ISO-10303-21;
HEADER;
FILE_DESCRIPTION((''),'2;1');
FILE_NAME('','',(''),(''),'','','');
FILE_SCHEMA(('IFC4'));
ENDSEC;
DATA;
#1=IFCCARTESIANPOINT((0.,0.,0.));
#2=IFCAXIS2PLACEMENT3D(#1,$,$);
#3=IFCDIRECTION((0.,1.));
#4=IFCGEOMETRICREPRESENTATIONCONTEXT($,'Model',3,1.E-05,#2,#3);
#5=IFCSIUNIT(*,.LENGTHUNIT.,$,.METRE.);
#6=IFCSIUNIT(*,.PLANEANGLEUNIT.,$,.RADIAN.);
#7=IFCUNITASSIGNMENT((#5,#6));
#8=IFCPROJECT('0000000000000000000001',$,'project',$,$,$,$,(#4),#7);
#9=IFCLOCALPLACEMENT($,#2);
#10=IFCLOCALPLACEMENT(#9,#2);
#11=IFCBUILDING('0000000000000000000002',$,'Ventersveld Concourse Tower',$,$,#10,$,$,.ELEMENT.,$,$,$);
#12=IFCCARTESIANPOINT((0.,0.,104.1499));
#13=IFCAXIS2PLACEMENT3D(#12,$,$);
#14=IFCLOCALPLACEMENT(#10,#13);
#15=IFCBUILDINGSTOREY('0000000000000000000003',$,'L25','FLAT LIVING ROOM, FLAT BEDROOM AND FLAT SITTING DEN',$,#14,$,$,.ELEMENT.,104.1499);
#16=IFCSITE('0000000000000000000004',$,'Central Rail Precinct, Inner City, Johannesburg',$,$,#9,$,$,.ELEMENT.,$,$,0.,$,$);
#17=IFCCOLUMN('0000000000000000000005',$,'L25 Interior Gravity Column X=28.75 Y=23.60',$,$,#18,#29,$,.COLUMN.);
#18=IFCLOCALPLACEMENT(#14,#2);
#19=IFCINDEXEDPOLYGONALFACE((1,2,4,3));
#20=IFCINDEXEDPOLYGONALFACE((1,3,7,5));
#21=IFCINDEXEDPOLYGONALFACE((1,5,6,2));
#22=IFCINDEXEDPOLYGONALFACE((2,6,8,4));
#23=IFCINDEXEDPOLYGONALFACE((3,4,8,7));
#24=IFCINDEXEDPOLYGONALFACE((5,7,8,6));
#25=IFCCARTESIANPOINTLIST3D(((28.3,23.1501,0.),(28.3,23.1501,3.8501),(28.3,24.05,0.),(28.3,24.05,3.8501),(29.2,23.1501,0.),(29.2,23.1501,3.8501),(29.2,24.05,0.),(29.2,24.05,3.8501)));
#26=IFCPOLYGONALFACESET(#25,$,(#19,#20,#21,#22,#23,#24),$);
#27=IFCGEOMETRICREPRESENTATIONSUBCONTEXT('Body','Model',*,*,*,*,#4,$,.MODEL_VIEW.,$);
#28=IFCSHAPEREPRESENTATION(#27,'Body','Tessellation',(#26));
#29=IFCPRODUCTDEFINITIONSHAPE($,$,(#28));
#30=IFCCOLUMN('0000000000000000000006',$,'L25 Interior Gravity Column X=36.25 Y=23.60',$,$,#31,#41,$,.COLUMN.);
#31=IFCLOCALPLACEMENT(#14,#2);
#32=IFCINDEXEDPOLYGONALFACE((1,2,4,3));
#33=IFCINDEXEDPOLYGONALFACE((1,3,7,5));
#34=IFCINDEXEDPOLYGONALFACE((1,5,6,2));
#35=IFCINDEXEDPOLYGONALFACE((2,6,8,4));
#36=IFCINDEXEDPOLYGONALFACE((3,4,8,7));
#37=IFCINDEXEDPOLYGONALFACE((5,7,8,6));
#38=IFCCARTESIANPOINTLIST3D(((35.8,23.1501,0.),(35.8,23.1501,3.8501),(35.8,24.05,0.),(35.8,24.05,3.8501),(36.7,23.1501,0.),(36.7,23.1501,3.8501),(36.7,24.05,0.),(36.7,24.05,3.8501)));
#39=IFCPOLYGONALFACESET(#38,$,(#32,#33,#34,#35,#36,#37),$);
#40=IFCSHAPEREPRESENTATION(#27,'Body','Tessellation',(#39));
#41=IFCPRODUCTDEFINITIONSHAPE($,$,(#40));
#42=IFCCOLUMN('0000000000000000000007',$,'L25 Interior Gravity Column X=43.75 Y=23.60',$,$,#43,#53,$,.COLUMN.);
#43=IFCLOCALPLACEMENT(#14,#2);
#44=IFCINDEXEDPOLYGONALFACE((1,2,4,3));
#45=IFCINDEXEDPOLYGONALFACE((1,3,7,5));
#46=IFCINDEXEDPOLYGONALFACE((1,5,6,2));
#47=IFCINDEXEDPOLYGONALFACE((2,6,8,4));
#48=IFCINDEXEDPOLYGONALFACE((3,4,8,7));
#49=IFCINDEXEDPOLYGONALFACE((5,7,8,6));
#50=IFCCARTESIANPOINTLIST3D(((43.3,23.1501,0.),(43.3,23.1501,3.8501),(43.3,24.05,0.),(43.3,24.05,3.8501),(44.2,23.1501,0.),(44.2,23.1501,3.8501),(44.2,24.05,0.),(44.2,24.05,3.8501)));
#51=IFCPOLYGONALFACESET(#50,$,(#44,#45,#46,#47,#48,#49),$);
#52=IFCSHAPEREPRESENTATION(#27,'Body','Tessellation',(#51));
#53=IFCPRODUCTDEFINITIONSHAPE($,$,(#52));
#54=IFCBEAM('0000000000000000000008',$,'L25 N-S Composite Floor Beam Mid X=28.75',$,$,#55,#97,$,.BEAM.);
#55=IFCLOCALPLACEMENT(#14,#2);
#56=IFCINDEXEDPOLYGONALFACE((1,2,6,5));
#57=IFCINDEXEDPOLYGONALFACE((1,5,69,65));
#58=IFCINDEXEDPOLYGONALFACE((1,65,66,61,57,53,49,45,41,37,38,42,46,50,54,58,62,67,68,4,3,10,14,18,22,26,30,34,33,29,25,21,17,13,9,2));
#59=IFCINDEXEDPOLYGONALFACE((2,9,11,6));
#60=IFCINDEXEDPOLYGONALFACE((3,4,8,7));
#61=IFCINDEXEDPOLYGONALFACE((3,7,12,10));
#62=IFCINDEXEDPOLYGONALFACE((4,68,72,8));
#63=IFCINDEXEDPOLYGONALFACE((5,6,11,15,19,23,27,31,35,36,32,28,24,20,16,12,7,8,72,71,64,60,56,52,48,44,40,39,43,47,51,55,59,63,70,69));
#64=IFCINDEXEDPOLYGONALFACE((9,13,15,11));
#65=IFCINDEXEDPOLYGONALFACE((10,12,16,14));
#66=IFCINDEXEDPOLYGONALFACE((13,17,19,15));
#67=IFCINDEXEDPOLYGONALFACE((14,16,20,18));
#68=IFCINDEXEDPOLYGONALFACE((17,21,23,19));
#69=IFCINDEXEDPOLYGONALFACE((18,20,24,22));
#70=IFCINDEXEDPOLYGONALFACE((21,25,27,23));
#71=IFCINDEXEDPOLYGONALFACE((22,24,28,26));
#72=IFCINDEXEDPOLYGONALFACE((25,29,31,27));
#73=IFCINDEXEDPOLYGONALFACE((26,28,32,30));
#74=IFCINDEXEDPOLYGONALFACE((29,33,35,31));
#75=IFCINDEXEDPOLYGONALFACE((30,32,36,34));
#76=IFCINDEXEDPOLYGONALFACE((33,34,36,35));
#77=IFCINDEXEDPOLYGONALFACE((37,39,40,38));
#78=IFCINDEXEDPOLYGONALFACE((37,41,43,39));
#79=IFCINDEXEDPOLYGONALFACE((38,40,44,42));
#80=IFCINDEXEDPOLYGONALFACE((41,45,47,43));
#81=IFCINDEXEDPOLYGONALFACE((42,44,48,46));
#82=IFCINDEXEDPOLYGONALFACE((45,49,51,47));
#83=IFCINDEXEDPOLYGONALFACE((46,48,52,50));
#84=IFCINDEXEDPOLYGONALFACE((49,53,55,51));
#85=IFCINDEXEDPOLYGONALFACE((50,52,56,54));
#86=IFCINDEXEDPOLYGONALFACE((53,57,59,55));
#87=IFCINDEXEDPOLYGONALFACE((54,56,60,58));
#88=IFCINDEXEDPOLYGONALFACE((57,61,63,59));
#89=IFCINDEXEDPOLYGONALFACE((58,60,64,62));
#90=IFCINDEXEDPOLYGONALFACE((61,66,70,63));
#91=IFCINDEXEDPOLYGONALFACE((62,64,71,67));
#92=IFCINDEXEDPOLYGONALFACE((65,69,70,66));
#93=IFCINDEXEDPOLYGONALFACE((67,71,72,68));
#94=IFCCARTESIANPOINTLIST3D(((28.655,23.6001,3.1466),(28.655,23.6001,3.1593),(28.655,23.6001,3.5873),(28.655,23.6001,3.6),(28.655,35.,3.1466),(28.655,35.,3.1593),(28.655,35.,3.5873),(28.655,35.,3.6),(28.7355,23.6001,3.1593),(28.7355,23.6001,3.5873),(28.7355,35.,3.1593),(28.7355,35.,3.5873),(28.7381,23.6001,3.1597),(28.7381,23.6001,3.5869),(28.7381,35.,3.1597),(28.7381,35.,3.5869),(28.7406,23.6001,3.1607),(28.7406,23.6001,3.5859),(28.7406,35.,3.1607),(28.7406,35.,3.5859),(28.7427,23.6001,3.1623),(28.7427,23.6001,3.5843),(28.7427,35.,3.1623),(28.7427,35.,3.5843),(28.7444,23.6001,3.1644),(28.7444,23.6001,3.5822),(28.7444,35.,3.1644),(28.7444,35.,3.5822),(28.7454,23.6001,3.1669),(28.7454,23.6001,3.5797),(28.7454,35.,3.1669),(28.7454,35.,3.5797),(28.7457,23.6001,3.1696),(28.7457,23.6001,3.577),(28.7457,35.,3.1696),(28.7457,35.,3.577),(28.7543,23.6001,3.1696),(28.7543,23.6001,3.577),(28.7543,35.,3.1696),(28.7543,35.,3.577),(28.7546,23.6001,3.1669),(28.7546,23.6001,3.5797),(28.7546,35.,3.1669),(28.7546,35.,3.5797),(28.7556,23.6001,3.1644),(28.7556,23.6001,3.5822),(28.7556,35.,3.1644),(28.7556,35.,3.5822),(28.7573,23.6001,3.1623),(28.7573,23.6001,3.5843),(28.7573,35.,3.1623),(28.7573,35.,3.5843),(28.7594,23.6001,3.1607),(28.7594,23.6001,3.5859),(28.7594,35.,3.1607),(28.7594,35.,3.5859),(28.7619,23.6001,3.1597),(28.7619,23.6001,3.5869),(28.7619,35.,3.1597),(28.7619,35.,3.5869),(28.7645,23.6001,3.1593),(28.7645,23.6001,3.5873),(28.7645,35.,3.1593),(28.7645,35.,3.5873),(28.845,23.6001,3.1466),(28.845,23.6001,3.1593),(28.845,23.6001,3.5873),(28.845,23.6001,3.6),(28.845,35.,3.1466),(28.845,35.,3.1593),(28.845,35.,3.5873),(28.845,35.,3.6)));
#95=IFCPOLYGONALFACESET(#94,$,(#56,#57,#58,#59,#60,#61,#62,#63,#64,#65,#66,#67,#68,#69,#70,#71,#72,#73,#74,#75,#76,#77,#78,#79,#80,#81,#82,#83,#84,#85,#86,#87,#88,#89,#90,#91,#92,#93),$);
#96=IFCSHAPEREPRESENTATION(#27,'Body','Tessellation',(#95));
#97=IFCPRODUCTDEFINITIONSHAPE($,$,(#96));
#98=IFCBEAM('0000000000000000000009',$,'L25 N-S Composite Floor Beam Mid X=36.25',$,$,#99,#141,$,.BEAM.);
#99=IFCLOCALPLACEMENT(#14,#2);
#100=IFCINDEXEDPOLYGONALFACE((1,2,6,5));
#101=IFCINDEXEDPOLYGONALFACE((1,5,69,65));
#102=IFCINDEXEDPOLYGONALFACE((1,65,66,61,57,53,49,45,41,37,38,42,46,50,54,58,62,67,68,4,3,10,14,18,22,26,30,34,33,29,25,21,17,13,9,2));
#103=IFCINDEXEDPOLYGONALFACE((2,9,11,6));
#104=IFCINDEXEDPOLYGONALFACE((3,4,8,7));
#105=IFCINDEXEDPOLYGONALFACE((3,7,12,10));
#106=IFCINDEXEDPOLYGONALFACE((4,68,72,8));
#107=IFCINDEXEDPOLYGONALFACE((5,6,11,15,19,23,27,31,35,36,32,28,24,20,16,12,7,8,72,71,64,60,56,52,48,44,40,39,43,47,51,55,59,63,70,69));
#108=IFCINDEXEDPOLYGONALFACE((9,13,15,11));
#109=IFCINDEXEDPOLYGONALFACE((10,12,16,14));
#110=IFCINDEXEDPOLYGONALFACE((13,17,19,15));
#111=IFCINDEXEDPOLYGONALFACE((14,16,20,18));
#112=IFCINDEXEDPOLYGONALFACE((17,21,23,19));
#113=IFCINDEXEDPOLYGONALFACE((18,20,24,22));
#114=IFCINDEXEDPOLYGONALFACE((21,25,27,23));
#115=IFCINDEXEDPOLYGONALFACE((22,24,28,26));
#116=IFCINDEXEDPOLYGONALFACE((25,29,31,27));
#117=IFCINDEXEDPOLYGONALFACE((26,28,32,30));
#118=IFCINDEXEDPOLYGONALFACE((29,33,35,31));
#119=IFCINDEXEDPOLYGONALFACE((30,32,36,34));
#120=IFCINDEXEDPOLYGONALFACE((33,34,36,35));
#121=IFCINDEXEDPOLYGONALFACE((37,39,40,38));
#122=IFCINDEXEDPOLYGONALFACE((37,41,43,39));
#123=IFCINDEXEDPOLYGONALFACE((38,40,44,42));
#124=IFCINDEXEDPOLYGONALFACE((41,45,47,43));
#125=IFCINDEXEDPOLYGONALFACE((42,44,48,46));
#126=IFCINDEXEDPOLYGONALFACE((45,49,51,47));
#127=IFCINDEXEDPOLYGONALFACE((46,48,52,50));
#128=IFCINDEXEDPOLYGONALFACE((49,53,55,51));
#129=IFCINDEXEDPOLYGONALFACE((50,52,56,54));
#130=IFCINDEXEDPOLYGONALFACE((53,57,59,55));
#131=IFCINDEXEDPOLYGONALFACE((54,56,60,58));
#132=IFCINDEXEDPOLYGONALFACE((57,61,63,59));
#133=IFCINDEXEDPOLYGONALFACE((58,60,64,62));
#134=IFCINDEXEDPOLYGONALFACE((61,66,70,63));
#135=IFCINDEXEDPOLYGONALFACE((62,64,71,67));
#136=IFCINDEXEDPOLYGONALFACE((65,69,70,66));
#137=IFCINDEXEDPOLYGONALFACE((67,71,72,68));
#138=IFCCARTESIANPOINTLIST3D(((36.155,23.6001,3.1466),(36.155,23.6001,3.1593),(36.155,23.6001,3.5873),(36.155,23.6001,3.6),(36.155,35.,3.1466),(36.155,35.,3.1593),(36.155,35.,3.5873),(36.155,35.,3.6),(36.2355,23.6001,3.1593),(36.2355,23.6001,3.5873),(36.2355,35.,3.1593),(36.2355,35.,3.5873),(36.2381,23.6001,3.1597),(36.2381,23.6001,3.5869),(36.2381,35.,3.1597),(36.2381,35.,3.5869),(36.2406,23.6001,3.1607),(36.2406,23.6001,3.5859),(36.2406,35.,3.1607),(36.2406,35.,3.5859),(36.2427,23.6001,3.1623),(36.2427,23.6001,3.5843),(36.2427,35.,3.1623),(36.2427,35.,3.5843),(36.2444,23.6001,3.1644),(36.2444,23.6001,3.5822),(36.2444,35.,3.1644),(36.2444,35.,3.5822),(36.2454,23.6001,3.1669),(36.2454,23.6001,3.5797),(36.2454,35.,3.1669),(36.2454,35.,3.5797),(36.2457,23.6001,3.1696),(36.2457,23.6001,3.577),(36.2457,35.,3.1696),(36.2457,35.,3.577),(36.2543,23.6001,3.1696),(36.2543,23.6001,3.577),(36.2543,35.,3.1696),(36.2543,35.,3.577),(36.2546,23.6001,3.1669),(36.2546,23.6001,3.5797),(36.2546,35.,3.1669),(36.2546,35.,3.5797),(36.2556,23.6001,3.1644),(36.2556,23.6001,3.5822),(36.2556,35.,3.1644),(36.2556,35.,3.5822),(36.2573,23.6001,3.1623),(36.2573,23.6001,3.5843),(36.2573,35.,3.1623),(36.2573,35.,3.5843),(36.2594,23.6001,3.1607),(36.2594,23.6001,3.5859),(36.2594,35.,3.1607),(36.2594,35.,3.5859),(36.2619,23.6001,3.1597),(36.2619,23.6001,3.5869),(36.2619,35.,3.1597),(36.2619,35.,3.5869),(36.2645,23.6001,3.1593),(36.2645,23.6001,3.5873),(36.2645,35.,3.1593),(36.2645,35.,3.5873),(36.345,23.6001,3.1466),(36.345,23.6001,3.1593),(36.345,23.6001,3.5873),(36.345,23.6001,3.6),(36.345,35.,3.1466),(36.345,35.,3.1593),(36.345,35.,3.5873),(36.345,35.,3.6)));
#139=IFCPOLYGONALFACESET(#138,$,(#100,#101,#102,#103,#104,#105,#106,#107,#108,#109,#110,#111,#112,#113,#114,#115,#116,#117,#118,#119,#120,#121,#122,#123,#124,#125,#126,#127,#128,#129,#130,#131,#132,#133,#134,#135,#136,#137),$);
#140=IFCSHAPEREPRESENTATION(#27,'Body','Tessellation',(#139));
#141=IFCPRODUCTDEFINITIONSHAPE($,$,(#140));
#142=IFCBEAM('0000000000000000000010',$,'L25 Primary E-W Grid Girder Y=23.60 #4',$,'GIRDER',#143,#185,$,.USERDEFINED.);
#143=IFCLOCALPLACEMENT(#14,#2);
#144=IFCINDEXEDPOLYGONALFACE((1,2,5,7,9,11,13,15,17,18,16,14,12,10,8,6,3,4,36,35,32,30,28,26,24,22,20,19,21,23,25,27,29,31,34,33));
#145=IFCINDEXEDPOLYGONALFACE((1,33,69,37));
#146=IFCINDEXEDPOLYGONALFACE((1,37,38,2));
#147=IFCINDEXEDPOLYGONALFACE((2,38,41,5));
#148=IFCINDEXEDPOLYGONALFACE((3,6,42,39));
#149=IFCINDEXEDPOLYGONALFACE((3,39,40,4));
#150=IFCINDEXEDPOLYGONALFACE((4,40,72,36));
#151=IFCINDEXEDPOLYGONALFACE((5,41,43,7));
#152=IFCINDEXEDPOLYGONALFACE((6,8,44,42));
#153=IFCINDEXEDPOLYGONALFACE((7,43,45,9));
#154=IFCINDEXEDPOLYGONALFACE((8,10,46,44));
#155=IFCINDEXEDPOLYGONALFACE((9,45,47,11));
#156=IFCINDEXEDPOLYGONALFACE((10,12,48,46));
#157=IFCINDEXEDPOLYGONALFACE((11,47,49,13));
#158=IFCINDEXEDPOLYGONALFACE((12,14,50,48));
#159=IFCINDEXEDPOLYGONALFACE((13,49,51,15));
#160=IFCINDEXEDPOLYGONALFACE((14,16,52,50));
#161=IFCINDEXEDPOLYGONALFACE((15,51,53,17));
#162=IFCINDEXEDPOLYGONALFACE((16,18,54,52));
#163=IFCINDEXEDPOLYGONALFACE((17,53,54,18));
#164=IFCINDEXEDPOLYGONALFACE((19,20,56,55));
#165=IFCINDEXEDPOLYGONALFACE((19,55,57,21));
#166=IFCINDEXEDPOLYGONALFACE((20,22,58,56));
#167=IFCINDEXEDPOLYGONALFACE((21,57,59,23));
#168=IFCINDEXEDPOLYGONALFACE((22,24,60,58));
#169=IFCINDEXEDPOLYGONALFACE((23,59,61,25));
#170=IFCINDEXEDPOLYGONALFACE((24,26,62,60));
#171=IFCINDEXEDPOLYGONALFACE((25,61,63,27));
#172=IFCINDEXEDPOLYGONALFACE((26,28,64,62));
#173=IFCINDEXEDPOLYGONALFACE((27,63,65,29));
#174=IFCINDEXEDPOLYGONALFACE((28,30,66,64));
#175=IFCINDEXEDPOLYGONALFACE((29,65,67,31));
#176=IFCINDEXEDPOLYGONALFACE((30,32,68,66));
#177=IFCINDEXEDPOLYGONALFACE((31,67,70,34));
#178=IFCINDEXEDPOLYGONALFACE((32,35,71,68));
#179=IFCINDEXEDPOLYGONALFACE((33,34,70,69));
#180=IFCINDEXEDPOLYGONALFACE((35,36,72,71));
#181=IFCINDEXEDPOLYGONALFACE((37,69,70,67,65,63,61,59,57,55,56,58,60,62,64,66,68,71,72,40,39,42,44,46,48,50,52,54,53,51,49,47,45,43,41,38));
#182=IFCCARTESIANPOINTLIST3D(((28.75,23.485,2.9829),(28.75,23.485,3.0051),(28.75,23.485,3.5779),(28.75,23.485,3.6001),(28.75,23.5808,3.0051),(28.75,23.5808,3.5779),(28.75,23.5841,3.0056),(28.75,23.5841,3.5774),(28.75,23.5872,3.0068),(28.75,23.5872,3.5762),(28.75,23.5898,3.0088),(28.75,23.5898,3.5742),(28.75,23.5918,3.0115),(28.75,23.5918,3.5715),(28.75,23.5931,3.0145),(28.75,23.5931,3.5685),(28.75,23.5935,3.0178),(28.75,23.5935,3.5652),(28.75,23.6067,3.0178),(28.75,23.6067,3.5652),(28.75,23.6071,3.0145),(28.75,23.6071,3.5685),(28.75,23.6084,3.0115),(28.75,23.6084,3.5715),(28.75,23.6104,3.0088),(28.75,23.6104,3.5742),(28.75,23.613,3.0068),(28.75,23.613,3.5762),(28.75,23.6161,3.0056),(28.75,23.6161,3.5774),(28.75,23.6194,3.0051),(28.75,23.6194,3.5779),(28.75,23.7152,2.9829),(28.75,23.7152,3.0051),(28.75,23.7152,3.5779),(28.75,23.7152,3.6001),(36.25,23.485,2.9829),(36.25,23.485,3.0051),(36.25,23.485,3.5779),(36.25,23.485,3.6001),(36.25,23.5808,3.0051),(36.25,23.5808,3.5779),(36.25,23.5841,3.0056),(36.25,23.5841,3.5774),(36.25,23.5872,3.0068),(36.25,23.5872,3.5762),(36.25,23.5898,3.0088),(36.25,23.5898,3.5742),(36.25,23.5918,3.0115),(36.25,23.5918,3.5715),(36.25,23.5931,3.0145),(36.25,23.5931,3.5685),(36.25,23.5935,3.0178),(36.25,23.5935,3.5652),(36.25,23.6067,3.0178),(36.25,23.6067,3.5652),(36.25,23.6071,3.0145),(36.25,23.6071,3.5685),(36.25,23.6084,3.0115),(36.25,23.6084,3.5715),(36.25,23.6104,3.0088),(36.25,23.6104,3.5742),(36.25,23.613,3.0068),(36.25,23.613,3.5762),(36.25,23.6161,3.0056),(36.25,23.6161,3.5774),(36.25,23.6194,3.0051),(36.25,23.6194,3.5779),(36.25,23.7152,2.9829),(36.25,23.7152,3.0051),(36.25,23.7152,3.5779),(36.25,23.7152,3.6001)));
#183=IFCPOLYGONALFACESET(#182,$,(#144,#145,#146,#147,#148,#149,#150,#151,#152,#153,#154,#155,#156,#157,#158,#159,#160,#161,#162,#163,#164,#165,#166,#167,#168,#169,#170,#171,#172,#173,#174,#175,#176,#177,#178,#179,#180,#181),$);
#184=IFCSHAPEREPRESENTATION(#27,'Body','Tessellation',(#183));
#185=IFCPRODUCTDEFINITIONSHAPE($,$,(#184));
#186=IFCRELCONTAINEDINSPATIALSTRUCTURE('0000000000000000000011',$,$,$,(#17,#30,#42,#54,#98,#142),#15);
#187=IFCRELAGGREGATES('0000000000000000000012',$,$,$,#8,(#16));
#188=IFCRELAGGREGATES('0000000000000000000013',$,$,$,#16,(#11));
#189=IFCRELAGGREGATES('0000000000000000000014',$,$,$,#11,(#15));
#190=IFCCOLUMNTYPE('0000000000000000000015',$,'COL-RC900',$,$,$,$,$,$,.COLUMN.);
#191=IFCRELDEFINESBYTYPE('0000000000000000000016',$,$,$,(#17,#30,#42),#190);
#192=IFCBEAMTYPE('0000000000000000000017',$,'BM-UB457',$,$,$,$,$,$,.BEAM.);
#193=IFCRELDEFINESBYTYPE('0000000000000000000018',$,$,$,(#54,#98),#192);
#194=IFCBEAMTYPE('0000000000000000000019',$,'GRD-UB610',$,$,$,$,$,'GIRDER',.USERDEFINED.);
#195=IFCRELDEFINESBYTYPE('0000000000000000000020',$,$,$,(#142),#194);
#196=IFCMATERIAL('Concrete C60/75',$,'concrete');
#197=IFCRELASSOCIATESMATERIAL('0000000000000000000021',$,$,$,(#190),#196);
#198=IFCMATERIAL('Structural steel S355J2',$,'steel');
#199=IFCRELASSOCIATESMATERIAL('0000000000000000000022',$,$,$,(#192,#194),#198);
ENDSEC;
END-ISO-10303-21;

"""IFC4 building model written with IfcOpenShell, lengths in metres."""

from ifc_helpers import new_model, si_unit, direction, frame, origin, origin_2d, place, context, subcontext, project, spatial, rectangle, i_section, extrude, material, material_profile, profile_set, type_object, element, save


model = new_model("IFC4")

# Units and contexts
model_context = context("Model", 3, precision=1e-05, world=origin(), true_north=direction((0.0, 1.0)))
body_context = subcontext(model_context, "Body", "Model", "MODEL_VIEW")
ifc_project = project(units=[si_unit("LENGTHUNIT", "METRE"), si_unit("PLANEANGLEUNIT", "RADIAN")], contexts=[model_context])

# Site, building, storey
site_placement = place(None, origin())
site = spatial("IfcSite", under=ifc_project, at=site_placement, Name="Central Rail Precinct, Inner City, Johannesburg", CompositionType="ELEMENT", RefElevation=0.0)
building_placement = place(site_placement, origin())
building = spatial("IfcBuilding", under=site, at=building_placement, Name="Ventersveld Concourse Tower", CompositionType="ELEMENT")
storey_placement = place(building_placement, frame((0.0, 0.0, 104.1499)))
storey = spatial("IfcBuildingStorey", under=building, at=storey_placement, Name="L25", Description="FLAT LIVING ROOM, FLAT BEDROOM AND FLAT SITTING DEN", CompositionType="ELEMENT", Elevation=104.1499)

# Columns
ifc_material_1 = material(Name="Concrete C60/75", Category="concrete")
ifc_material_profile_1 = material_profile(ifc_material_1, rectangle(XDim=0.8999, YDim=0.8999, at=origin_2d()), Name="RC 900x900")
ifc_profile_set_1 = profile_set([ifc_material_profile_1], Name="Concrete C60/75")
column_type = type_object("IfcColumnType", Name="COL-RC900", PredefinedType="COLUMN", material=ifc_profile_set_1)
for number, where, z_axis, x_axis, name in (
    (1, (28.75, 23.6001, 0.0), (0.0, 0.0, 1.0), (1.0, 0.0, 0.0), "L25 Interior Gravity Column X=28.75 Y=23.60"),
    (2, (36.25, 23.6001, 0.0), (0.0, 0.0, 1.0), (1.0, 0.0, 0.0), "L25 Interior Gravity Column X=36.25 Y=23.60"),
    (3, (43.75, 23.6001, 0.0), (0.0, 0.0, 1.0), (1.0, 0.0, 0.0), "L25 Interior Gravity Column X=43.75 Y=23.60"),
):
    element("IfcColumn", number, at=place(storey_placement, frame(where, z_axis=z_axis, x_axis=x_axis)), inside=storey, type_object=column_type, Name=name, PredefinedType="COLUMN", context=body_context, shape_type="SweptSolid", body=[
        extrude(rectangle(XDim=0.8999, YDim=0.8999, at=origin_2d()), origin(), (0.0, 0.0, 1.0), 3.8501),
    ])

# Beams
ifc_material_2 = material(Name="Structural steel S355J2", Category="steel")
ifc_material_profile_2 = material_profile(ifc_material_2, i_section(OverallWidth=0.1899, OverallDepth=0.4534, WebThickness=0.0085, FlangeThickness=0.0127, FilletRadius=0.0103, at=origin_2d()), Name="UB 457x191x67")
ifc_profile_set_2 = profile_set([ifc_material_profile_2], Name="Structural steel S355J2")
beam_type_1 = type_object("IfcBeamType", Name="BM-UB457", PredefinedType="BEAM", material=ifc_profile_set_2)
for number, where, z_axis, x_axis, name in (
    (4, (28.75, 23.6001, 3.3733), (0.0, 1.0, 0.0), (-1.0, 0.0, 0.0), "L25 N-S Composite Floor Beam Mid X=28.75"),
    (5, (36.25, 23.6001, 3.3733), (0.0, 1.0, 0.0), (-1.0, 0.0, 0.0), "L25 N-S Composite Floor Beam Mid X=36.25"),
):
    element("IfcBeam", number, at=place(storey_placement, frame(where, z_axis=z_axis, x_axis=x_axis)), inside=storey, type_object=beam_type_1, Name=name, PredefinedType="BEAM", context=body_context, shape_type="SweptSolid", body=[
        extrude(i_section(OverallWidth=0.1899, OverallDepth=0.4534, WebThickness=0.0085, FlangeThickness=0.0127, FilletRadius=0.0103, at=origin_2d()), origin(), (0.0, 0.0, 1.0), 11.3999),
    ])
ifc_material_profile_3 = material_profile(ifc_material_2, i_section(OverallWidth=0.2302, OverallDepth=0.6172, WebThickness=0.0132, FlangeThickness=0.0222, FilletRadius=0.0127, at=origin_2d()), Name="UB 610x229x140")
ifc_profile_set_3 = profile_set([ifc_material_profile_3], Name="Structural steel S355J2")
beam_type_2 = type_object("IfcBeamType", Name="GRD-UB610", ElementType="GIRDER", PredefinedType="USERDEFINED", material=ifc_profile_set_3)
for number, where, z_axis, x_axis, name in (
    (6, (28.75, 23.6001, 3.2915), (1.0, 0.0, 0.0), (0.0, 1.0, 0.0), "L25 Primary E-W Grid Girder Y=23.60 #4"),
):
    element("IfcBeam", number, at=place(storey_placement, frame(where, z_axis=z_axis, x_axis=x_axis)), inside=storey, type_object=beam_type_2, Name=name, ObjectType="GIRDER", PredefinedType="USERDEFINED", context=body_context, shape_type="SweptSolid", body=[
        extrude(i_section(OverallWidth=0.2302, OverallDepth=0.6172, WebThickness=0.0132, FlangeThickness=0.0222, FilletRadius=0.0127, at=origin_2d()), origin(), (0.0, 0.0, 1.0), 7.5),
    ])

save(model, "model.ifc")
